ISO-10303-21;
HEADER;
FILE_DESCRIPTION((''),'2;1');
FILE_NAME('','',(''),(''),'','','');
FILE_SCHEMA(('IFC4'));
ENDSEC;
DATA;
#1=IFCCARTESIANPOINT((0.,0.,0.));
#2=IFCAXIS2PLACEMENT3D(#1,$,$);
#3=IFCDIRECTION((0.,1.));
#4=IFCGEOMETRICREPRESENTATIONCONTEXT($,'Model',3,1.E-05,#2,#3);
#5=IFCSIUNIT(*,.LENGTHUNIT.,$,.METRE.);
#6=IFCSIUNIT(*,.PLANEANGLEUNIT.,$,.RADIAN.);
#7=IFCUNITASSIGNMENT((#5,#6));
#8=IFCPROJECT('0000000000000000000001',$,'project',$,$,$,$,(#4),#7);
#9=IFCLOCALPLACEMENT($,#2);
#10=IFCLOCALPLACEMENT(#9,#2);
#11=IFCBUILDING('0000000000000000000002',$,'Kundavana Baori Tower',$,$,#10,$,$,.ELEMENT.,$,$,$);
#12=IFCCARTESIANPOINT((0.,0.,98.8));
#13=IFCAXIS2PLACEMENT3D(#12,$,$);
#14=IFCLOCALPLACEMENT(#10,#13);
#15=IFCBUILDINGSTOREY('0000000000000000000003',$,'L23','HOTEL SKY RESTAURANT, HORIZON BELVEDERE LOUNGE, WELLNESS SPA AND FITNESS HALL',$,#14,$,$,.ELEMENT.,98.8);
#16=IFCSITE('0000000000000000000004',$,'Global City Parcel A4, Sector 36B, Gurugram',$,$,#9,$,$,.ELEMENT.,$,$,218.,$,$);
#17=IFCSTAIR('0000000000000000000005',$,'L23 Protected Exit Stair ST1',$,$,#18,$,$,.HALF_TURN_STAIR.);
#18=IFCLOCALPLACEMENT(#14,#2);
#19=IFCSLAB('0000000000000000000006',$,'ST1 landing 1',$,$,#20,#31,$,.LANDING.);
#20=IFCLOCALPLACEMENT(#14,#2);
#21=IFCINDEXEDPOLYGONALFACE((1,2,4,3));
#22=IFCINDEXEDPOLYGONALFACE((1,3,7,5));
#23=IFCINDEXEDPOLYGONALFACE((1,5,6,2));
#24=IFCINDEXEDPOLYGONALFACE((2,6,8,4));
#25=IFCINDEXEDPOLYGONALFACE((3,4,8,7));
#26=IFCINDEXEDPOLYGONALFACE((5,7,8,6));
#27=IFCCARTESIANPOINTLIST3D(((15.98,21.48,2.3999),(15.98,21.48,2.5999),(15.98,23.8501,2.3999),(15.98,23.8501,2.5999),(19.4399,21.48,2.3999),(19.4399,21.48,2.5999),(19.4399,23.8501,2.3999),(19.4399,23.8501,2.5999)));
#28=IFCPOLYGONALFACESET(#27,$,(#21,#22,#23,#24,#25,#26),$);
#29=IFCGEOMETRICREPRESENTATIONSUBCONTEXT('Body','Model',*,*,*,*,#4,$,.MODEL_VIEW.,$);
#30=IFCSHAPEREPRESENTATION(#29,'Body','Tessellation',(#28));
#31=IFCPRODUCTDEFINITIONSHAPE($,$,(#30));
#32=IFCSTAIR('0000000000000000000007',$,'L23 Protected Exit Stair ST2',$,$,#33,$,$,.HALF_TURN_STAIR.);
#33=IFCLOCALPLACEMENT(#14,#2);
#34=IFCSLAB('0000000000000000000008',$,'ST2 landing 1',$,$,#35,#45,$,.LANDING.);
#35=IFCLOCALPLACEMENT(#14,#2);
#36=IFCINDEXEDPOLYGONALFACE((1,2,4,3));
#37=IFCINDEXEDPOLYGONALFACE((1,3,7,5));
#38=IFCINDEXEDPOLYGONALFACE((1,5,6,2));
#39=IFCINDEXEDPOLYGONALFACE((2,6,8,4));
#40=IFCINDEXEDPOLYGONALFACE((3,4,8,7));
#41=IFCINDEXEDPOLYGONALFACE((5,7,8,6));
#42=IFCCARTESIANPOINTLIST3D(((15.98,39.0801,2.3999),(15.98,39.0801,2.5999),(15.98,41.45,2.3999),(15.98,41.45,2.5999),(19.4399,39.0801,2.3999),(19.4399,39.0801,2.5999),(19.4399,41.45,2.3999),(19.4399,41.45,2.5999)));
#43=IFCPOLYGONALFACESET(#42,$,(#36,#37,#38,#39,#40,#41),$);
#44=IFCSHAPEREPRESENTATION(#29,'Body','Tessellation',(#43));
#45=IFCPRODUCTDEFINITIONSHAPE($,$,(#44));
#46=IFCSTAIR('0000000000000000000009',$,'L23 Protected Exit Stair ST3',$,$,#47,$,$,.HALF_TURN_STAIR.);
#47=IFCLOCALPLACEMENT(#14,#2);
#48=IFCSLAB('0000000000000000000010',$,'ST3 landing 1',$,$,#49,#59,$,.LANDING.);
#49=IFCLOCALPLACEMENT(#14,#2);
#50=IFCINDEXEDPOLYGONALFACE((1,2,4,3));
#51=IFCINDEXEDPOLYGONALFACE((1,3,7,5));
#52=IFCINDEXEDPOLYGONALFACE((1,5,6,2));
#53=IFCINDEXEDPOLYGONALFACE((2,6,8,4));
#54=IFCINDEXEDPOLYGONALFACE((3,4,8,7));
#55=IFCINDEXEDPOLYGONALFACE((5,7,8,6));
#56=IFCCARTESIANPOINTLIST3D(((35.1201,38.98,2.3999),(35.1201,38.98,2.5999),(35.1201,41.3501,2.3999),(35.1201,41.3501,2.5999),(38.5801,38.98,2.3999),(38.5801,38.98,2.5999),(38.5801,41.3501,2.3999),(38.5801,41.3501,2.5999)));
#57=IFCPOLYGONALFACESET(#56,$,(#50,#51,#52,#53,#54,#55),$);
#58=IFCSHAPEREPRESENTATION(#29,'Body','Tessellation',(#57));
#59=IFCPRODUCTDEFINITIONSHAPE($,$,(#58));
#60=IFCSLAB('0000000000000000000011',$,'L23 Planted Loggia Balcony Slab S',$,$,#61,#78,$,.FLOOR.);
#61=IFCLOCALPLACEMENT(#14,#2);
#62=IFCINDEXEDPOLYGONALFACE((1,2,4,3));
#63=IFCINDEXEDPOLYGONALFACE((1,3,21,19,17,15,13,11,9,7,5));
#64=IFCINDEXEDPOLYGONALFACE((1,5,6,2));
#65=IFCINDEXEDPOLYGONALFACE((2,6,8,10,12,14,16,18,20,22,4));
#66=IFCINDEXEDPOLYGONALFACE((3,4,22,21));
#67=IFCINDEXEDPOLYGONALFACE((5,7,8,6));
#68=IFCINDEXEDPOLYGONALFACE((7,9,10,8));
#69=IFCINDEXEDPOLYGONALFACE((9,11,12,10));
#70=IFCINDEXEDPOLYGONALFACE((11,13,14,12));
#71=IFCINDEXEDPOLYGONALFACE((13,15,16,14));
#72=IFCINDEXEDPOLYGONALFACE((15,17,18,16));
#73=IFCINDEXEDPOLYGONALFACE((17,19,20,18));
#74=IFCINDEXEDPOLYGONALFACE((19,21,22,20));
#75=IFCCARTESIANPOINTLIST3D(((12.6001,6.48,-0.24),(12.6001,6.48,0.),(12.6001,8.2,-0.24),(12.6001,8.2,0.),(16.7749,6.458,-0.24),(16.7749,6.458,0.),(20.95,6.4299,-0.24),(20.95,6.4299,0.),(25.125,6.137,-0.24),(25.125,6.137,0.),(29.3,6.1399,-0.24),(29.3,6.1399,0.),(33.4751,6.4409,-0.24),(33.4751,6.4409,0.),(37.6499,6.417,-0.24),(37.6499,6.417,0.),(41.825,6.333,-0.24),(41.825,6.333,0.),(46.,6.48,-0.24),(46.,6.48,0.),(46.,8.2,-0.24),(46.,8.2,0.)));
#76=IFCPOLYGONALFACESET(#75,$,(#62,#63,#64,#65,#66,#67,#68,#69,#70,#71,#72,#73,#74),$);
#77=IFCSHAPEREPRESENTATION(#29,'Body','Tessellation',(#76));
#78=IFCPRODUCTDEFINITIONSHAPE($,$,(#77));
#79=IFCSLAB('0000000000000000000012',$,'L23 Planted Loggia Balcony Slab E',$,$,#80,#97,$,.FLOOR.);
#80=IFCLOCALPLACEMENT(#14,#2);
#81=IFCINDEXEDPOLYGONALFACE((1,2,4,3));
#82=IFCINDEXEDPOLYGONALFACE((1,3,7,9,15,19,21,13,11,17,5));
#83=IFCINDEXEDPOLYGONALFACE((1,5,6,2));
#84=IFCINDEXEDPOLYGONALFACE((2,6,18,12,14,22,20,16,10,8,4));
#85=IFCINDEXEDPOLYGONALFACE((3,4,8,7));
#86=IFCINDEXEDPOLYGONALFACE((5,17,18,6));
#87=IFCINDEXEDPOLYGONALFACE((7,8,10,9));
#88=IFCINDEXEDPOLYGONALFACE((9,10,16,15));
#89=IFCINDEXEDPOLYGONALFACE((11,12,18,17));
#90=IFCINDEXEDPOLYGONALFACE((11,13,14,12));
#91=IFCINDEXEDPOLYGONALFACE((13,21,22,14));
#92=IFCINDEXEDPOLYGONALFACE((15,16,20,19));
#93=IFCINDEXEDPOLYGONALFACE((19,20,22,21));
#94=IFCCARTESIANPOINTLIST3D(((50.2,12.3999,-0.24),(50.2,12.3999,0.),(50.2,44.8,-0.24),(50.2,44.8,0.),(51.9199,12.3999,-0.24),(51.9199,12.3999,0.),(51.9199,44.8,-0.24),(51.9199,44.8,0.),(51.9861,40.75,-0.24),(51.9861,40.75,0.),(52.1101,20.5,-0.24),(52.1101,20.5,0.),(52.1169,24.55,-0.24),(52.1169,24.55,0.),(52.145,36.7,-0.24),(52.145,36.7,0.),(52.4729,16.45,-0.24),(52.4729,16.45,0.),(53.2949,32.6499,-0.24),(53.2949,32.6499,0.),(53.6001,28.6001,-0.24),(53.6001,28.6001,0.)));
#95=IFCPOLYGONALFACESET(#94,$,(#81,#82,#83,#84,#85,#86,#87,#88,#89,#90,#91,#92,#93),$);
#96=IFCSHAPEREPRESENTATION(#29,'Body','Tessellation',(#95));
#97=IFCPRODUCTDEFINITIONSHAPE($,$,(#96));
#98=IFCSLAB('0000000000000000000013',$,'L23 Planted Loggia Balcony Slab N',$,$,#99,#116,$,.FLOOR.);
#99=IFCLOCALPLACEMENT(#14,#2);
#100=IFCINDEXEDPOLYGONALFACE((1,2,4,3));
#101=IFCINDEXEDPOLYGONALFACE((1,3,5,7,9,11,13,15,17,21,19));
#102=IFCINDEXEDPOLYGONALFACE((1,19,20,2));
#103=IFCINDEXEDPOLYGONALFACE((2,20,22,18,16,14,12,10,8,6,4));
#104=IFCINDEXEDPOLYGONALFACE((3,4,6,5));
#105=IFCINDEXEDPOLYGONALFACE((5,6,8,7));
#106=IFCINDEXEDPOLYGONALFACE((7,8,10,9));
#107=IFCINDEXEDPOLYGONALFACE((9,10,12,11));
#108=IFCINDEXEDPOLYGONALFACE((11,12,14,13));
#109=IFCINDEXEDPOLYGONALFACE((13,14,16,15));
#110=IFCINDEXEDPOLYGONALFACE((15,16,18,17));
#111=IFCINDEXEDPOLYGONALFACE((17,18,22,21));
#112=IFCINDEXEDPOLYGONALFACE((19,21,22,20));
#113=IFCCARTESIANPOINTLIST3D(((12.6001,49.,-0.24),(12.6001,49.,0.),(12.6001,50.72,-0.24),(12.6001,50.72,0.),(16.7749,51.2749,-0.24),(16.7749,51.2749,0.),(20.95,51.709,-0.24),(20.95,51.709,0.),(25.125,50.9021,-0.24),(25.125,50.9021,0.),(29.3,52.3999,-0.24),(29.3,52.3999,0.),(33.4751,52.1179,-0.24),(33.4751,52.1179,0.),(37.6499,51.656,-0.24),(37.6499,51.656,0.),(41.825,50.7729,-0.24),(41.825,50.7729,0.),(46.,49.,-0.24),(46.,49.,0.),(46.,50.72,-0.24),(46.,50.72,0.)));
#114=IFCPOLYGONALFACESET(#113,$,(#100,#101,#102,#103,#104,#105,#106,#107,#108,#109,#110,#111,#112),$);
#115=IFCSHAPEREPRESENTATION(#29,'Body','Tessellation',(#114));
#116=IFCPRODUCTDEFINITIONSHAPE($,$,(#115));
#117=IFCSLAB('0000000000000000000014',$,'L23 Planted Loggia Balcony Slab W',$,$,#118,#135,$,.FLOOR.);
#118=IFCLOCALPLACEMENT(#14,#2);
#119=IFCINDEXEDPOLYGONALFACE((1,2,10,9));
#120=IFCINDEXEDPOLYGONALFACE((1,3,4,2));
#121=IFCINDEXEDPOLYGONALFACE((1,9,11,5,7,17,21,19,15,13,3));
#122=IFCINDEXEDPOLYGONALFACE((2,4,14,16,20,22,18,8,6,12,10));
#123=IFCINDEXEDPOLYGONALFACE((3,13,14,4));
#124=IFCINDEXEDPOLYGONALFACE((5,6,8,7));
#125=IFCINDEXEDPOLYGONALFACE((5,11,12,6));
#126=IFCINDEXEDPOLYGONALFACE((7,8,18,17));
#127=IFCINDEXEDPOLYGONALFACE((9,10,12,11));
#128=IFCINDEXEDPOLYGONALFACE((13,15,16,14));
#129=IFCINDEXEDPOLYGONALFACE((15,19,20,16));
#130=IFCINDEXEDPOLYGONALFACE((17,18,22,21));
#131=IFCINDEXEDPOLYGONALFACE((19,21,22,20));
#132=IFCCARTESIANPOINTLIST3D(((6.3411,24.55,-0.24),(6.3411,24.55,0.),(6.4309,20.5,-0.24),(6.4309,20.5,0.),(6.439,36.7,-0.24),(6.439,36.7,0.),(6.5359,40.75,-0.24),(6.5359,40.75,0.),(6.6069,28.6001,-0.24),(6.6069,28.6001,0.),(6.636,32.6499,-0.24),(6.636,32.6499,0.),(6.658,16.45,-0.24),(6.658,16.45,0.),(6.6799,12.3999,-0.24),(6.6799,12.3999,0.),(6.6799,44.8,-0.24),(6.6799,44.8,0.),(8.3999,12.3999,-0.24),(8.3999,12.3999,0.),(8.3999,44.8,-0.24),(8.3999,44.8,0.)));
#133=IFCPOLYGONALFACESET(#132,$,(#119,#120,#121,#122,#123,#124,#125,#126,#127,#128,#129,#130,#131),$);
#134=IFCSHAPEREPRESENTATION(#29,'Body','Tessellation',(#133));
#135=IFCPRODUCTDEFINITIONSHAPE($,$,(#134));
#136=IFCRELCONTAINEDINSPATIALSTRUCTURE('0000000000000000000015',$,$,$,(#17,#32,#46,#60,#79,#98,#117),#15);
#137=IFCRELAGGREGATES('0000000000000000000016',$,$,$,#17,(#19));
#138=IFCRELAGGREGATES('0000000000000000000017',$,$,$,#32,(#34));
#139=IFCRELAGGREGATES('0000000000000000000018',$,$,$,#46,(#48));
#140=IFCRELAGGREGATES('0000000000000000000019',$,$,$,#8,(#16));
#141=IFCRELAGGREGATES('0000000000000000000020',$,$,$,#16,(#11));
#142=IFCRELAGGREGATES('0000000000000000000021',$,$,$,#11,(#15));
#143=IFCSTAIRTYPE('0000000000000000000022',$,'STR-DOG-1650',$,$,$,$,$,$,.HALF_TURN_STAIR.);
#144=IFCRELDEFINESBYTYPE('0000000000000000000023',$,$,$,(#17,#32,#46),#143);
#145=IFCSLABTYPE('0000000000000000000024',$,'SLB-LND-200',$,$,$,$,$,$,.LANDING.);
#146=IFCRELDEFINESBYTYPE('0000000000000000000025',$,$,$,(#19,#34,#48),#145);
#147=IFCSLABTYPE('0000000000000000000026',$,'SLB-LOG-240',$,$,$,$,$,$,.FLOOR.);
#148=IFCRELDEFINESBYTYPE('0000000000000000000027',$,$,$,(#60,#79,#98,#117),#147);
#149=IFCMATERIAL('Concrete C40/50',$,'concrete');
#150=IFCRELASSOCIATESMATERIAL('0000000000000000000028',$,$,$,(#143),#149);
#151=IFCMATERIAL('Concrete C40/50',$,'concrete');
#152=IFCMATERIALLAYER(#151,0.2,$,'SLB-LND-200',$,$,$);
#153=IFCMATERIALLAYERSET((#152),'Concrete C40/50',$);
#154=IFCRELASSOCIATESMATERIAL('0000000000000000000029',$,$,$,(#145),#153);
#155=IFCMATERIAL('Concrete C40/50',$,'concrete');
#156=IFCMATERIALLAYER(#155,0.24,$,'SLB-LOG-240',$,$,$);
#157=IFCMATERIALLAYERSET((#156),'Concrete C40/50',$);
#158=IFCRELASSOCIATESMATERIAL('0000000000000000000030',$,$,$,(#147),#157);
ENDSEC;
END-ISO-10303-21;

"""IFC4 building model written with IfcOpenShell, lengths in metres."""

from ifc_helpers import new_model, si_unit, direction, frame, origin, place, context, subcontext, project, spatial, polyline, outline, extrude, material, layer, layer_set, type_object, element, aggregate, save


model = new_model("IFC4")

# Units and contexts
model_context = context("Model", 3, precision=1e-05, world=origin(), true_north=direction((0.0, 1.0)))
body_context = subcontext(model_context, "Body", "Model", "MODEL_VIEW")
ifc_project = project(units=[si_unit("LENGTHUNIT", "METRE"), si_unit("PLANEANGLEUNIT", "RADIAN")], contexts=[model_context])

# Site, building, storey
site_placement = place(None, origin())
site = spatial("IfcSite", under=ifc_project, at=site_placement, Name="Global City Parcel A4, Sector 36B, Gurugram", CompositionType="ELEMENT", RefElevation=218.0)
building_placement = place(site_placement, origin())
building = spatial("IfcBuilding", under=site, at=building_placement, Name="Kundavana Baori Tower", CompositionType="ELEMENT")
storey_placement = place(building_placement, frame((0.0, 0.0, 98.8)))
storey = spatial("IfcBuildingStorey", under=building, at=storey_placement, Name="L23", Description="HOTEL SKY RESTAURANT, HORIZON BELVEDERE LOUNGE, WELLNESS SPA AND FITNESS HALL", CompositionType="ELEMENT", Elevation=98.8)

# Stairs, slabs
ifc_material_1 = material(Name="Concrete C40/50", Category="concrete")
stair_type = type_object("IfcStairType", Name="STR-DOG-1650", PredefinedType="HALF_TURN_STAIR", material=ifc_material_1)
stair_1_placement = place(storey_placement, origin())
stair_1 = element("IfcStair", 1, at=stair_1_placement, inside=storey, type_object=stair_type, Name="L23 Protected Exit Stair ST1", PredefinedType="HALF_TURN_STAIR")
ifc_material_2 = material(Name="Concrete C40/50", Category="concrete")
ifc_layer_1 = layer(ifc_material_2, 0.2, Name="SLB-LND-200")
ifc_layer_set_1 = layer_set([ifc_layer_1], Name="Concrete C40/50")
slab_type_1 = type_object("IfcSlabType", Name="SLB-LND-200", PredefinedType="LANDING", material=ifc_layer_set_1)
slab_1_placement = place(storey_placement, frame((0.0, 0.0, 2.3999)))
slab_1 = element("IfcSlab", 2, at=slab_1_placement, type_object=slab_type_1, Name="ST1 landing 1", PredefinedType="LANDING", context=body_context, shape_type="SweptSolid", body=[
    extrude(outline(polyline([(19.4399, 21.48), (19.4399, 23.8501), (15.98, 23.8501), (15.98, 21.48), (19.4399, 21.48)])), origin(), (0.0, 0.0, 1.0), 0.2),
])
aggregate(stair_1, [slab_1])
stair_2_placement = place(storey_placement, origin())
stair_2 = element("IfcStair", 3, at=stair_2_placement, inside=storey, type_object=stair_type, Name="L23 Protected Exit Stair ST2", PredefinedType="HALF_TURN_STAIR")
slab_2_placement = place(storey_placement, frame((0.0, 0.0, 2.3999)))
slab_2 = element("IfcSlab", 4, at=slab_2_placement, type_object=slab_type_1, Name="ST2 landing 1", PredefinedType="LANDING", context=body_context, shape_type="SweptSolid", body=[
    extrude(outline(polyline([(19.4399, 39.0801), (19.4399, 41.45), (15.98, 41.45), (15.98, 39.0801), (19.4399, 39.0801)])), origin(), (0.0, 0.0, 1.0), 0.2),
])
aggregate(stair_2, [slab_2])
stair_3_placement = place(storey_placement, origin())
stair_3 = element("IfcStair", 5, at=stair_3_placement, inside=storey, type_object=stair_type, Name="L23 Protected Exit Stair ST3", PredefinedType="HALF_TURN_STAIR")
slab_3_placement = place(storey_placement, frame((0.0, 0.0, 2.3999)))
slab_3 = element("IfcSlab", 6, at=slab_3_placement, type_object=slab_type_1, Name="ST3 landing 1", PredefinedType="LANDING", context=body_context, shape_type="SweptSolid", body=[
    extrude(outline(polyline([(38.5801, 38.98), (38.5801, 41.3501), (35.1201, 41.3501), (35.1201, 38.98), (38.5801, 38.98)])), origin(), (0.0, 0.0, 1.0), 0.2),
])
aggregate(stair_3, [slab_3])

# Slabs
ifc_material_3 = material(Name="Concrete C40/50", Category="concrete")
ifc_layer_2 = layer(ifc_material_3, 0.24, Name="SLB-LOG-240")
ifc_layer_set_2 = layer_set([ifc_layer_2], Name="Concrete C40/50")
slab_type_2 = type_object("IfcSlabType", Name="SLB-LOG-240", PredefinedType="FLOOR", material=ifc_layer_set_2)
slab_4_placement = place(storey_placement, frame((0.0, 0.0, -0.24)))
element("IfcSlab", 7, at=slab_4_placement, inside=storey, type_object=slab_type_2, Name="L23 Planted Loggia Balcony Slab S", PredefinedType="FLOOR", context=body_context, shape_type="SweptSolid", body=[
    extrude(outline(polyline([(12.6001, 8.2), (46.0, 8.2), (46.0, 6.48), (41.825, 6.333), (37.6499, 6.417), (33.4751, 6.4409), (29.3, 6.1399), (25.125, 6.137), (20.95, 6.4299), (16.7749, 6.458), (12.6001, 6.48), (12.6001, 8.2)])), origin(), (0.0, 0.0, 1.0), 0.24),
])
slab_5_placement = place(storey_placement, frame((0.0, 0.0, -0.24)))
element("IfcSlab", 8, at=slab_5_placement, inside=storey, type_object=slab_type_2, Name="L23 Planted Loggia Balcony Slab E", PredefinedType="FLOOR", context=body_context, shape_type="SweptSolid", body=[
    extrude(outline(polyline([(50.2, 12.3999), (50.2, 44.8), (51.9199, 44.8), (51.9861, 40.75), (52.145, 36.7), (53.2949, 32.6499), (53.6001, 28.6001), (52.1169, 24.55), (52.1101, 20.5), (52.4729, 16.45), (51.9199, 12.3999), (50.2, 12.3999)])), origin(), (0.0, 0.0, 1.0), 0.24),
])
slab_6_placement = place(storey_placement, frame((0.0, 0.0, -0.24)))
element("IfcSlab", 9, at=slab_6_placement, inside=storey, type_object=slab_type_2, Name="L23 Planted Loggia Balcony Slab N", PredefinedType="FLOOR", context=body_context, shape_type="SweptSolid", body=[
    extrude(outline(polyline([(46.0, 49.0), (12.6001, 49.0), (12.6001, 50.72), (16.7749, 51.2749), (20.95, 51.709), (25.125, 50.9021), (29.3, 52.3999), (33.4751, 52.1179), (37.6499, 51.656), (41.825, 50.7729), (46.0, 50.72), (46.0, 49.0)])), origin(), (0.0, 0.0, 1.0), 0.24),
])
slab_7_placement = place(storey_placement, frame((0.0, 0.0, -0.24)))
element("IfcSlab", 10, at=slab_7_placement, inside=storey, type_object=slab_type_2, Name="L23 Planted Loggia Balcony Slab W", PredefinedType="FLOOR", context=body_context, shape_type="SweptSolid", body=[
    extrude(outline(polyline([(8.3999, 44.8), (8.3999, 12.3999), (6.6799, 12.3999), (6.658, 16.45), (6.4309, 20.5), (6.3411, 24.55), (6.6069, 28.6001), (6.636, 32.6499), (6.439, 36.7), (6.5359, 40.75), (6.6799, 44.8), (8.3999, 44.8)])), origin(), (0.0, 0.0, 1.0), 0.24),
])

save(model, "model.ifc")
